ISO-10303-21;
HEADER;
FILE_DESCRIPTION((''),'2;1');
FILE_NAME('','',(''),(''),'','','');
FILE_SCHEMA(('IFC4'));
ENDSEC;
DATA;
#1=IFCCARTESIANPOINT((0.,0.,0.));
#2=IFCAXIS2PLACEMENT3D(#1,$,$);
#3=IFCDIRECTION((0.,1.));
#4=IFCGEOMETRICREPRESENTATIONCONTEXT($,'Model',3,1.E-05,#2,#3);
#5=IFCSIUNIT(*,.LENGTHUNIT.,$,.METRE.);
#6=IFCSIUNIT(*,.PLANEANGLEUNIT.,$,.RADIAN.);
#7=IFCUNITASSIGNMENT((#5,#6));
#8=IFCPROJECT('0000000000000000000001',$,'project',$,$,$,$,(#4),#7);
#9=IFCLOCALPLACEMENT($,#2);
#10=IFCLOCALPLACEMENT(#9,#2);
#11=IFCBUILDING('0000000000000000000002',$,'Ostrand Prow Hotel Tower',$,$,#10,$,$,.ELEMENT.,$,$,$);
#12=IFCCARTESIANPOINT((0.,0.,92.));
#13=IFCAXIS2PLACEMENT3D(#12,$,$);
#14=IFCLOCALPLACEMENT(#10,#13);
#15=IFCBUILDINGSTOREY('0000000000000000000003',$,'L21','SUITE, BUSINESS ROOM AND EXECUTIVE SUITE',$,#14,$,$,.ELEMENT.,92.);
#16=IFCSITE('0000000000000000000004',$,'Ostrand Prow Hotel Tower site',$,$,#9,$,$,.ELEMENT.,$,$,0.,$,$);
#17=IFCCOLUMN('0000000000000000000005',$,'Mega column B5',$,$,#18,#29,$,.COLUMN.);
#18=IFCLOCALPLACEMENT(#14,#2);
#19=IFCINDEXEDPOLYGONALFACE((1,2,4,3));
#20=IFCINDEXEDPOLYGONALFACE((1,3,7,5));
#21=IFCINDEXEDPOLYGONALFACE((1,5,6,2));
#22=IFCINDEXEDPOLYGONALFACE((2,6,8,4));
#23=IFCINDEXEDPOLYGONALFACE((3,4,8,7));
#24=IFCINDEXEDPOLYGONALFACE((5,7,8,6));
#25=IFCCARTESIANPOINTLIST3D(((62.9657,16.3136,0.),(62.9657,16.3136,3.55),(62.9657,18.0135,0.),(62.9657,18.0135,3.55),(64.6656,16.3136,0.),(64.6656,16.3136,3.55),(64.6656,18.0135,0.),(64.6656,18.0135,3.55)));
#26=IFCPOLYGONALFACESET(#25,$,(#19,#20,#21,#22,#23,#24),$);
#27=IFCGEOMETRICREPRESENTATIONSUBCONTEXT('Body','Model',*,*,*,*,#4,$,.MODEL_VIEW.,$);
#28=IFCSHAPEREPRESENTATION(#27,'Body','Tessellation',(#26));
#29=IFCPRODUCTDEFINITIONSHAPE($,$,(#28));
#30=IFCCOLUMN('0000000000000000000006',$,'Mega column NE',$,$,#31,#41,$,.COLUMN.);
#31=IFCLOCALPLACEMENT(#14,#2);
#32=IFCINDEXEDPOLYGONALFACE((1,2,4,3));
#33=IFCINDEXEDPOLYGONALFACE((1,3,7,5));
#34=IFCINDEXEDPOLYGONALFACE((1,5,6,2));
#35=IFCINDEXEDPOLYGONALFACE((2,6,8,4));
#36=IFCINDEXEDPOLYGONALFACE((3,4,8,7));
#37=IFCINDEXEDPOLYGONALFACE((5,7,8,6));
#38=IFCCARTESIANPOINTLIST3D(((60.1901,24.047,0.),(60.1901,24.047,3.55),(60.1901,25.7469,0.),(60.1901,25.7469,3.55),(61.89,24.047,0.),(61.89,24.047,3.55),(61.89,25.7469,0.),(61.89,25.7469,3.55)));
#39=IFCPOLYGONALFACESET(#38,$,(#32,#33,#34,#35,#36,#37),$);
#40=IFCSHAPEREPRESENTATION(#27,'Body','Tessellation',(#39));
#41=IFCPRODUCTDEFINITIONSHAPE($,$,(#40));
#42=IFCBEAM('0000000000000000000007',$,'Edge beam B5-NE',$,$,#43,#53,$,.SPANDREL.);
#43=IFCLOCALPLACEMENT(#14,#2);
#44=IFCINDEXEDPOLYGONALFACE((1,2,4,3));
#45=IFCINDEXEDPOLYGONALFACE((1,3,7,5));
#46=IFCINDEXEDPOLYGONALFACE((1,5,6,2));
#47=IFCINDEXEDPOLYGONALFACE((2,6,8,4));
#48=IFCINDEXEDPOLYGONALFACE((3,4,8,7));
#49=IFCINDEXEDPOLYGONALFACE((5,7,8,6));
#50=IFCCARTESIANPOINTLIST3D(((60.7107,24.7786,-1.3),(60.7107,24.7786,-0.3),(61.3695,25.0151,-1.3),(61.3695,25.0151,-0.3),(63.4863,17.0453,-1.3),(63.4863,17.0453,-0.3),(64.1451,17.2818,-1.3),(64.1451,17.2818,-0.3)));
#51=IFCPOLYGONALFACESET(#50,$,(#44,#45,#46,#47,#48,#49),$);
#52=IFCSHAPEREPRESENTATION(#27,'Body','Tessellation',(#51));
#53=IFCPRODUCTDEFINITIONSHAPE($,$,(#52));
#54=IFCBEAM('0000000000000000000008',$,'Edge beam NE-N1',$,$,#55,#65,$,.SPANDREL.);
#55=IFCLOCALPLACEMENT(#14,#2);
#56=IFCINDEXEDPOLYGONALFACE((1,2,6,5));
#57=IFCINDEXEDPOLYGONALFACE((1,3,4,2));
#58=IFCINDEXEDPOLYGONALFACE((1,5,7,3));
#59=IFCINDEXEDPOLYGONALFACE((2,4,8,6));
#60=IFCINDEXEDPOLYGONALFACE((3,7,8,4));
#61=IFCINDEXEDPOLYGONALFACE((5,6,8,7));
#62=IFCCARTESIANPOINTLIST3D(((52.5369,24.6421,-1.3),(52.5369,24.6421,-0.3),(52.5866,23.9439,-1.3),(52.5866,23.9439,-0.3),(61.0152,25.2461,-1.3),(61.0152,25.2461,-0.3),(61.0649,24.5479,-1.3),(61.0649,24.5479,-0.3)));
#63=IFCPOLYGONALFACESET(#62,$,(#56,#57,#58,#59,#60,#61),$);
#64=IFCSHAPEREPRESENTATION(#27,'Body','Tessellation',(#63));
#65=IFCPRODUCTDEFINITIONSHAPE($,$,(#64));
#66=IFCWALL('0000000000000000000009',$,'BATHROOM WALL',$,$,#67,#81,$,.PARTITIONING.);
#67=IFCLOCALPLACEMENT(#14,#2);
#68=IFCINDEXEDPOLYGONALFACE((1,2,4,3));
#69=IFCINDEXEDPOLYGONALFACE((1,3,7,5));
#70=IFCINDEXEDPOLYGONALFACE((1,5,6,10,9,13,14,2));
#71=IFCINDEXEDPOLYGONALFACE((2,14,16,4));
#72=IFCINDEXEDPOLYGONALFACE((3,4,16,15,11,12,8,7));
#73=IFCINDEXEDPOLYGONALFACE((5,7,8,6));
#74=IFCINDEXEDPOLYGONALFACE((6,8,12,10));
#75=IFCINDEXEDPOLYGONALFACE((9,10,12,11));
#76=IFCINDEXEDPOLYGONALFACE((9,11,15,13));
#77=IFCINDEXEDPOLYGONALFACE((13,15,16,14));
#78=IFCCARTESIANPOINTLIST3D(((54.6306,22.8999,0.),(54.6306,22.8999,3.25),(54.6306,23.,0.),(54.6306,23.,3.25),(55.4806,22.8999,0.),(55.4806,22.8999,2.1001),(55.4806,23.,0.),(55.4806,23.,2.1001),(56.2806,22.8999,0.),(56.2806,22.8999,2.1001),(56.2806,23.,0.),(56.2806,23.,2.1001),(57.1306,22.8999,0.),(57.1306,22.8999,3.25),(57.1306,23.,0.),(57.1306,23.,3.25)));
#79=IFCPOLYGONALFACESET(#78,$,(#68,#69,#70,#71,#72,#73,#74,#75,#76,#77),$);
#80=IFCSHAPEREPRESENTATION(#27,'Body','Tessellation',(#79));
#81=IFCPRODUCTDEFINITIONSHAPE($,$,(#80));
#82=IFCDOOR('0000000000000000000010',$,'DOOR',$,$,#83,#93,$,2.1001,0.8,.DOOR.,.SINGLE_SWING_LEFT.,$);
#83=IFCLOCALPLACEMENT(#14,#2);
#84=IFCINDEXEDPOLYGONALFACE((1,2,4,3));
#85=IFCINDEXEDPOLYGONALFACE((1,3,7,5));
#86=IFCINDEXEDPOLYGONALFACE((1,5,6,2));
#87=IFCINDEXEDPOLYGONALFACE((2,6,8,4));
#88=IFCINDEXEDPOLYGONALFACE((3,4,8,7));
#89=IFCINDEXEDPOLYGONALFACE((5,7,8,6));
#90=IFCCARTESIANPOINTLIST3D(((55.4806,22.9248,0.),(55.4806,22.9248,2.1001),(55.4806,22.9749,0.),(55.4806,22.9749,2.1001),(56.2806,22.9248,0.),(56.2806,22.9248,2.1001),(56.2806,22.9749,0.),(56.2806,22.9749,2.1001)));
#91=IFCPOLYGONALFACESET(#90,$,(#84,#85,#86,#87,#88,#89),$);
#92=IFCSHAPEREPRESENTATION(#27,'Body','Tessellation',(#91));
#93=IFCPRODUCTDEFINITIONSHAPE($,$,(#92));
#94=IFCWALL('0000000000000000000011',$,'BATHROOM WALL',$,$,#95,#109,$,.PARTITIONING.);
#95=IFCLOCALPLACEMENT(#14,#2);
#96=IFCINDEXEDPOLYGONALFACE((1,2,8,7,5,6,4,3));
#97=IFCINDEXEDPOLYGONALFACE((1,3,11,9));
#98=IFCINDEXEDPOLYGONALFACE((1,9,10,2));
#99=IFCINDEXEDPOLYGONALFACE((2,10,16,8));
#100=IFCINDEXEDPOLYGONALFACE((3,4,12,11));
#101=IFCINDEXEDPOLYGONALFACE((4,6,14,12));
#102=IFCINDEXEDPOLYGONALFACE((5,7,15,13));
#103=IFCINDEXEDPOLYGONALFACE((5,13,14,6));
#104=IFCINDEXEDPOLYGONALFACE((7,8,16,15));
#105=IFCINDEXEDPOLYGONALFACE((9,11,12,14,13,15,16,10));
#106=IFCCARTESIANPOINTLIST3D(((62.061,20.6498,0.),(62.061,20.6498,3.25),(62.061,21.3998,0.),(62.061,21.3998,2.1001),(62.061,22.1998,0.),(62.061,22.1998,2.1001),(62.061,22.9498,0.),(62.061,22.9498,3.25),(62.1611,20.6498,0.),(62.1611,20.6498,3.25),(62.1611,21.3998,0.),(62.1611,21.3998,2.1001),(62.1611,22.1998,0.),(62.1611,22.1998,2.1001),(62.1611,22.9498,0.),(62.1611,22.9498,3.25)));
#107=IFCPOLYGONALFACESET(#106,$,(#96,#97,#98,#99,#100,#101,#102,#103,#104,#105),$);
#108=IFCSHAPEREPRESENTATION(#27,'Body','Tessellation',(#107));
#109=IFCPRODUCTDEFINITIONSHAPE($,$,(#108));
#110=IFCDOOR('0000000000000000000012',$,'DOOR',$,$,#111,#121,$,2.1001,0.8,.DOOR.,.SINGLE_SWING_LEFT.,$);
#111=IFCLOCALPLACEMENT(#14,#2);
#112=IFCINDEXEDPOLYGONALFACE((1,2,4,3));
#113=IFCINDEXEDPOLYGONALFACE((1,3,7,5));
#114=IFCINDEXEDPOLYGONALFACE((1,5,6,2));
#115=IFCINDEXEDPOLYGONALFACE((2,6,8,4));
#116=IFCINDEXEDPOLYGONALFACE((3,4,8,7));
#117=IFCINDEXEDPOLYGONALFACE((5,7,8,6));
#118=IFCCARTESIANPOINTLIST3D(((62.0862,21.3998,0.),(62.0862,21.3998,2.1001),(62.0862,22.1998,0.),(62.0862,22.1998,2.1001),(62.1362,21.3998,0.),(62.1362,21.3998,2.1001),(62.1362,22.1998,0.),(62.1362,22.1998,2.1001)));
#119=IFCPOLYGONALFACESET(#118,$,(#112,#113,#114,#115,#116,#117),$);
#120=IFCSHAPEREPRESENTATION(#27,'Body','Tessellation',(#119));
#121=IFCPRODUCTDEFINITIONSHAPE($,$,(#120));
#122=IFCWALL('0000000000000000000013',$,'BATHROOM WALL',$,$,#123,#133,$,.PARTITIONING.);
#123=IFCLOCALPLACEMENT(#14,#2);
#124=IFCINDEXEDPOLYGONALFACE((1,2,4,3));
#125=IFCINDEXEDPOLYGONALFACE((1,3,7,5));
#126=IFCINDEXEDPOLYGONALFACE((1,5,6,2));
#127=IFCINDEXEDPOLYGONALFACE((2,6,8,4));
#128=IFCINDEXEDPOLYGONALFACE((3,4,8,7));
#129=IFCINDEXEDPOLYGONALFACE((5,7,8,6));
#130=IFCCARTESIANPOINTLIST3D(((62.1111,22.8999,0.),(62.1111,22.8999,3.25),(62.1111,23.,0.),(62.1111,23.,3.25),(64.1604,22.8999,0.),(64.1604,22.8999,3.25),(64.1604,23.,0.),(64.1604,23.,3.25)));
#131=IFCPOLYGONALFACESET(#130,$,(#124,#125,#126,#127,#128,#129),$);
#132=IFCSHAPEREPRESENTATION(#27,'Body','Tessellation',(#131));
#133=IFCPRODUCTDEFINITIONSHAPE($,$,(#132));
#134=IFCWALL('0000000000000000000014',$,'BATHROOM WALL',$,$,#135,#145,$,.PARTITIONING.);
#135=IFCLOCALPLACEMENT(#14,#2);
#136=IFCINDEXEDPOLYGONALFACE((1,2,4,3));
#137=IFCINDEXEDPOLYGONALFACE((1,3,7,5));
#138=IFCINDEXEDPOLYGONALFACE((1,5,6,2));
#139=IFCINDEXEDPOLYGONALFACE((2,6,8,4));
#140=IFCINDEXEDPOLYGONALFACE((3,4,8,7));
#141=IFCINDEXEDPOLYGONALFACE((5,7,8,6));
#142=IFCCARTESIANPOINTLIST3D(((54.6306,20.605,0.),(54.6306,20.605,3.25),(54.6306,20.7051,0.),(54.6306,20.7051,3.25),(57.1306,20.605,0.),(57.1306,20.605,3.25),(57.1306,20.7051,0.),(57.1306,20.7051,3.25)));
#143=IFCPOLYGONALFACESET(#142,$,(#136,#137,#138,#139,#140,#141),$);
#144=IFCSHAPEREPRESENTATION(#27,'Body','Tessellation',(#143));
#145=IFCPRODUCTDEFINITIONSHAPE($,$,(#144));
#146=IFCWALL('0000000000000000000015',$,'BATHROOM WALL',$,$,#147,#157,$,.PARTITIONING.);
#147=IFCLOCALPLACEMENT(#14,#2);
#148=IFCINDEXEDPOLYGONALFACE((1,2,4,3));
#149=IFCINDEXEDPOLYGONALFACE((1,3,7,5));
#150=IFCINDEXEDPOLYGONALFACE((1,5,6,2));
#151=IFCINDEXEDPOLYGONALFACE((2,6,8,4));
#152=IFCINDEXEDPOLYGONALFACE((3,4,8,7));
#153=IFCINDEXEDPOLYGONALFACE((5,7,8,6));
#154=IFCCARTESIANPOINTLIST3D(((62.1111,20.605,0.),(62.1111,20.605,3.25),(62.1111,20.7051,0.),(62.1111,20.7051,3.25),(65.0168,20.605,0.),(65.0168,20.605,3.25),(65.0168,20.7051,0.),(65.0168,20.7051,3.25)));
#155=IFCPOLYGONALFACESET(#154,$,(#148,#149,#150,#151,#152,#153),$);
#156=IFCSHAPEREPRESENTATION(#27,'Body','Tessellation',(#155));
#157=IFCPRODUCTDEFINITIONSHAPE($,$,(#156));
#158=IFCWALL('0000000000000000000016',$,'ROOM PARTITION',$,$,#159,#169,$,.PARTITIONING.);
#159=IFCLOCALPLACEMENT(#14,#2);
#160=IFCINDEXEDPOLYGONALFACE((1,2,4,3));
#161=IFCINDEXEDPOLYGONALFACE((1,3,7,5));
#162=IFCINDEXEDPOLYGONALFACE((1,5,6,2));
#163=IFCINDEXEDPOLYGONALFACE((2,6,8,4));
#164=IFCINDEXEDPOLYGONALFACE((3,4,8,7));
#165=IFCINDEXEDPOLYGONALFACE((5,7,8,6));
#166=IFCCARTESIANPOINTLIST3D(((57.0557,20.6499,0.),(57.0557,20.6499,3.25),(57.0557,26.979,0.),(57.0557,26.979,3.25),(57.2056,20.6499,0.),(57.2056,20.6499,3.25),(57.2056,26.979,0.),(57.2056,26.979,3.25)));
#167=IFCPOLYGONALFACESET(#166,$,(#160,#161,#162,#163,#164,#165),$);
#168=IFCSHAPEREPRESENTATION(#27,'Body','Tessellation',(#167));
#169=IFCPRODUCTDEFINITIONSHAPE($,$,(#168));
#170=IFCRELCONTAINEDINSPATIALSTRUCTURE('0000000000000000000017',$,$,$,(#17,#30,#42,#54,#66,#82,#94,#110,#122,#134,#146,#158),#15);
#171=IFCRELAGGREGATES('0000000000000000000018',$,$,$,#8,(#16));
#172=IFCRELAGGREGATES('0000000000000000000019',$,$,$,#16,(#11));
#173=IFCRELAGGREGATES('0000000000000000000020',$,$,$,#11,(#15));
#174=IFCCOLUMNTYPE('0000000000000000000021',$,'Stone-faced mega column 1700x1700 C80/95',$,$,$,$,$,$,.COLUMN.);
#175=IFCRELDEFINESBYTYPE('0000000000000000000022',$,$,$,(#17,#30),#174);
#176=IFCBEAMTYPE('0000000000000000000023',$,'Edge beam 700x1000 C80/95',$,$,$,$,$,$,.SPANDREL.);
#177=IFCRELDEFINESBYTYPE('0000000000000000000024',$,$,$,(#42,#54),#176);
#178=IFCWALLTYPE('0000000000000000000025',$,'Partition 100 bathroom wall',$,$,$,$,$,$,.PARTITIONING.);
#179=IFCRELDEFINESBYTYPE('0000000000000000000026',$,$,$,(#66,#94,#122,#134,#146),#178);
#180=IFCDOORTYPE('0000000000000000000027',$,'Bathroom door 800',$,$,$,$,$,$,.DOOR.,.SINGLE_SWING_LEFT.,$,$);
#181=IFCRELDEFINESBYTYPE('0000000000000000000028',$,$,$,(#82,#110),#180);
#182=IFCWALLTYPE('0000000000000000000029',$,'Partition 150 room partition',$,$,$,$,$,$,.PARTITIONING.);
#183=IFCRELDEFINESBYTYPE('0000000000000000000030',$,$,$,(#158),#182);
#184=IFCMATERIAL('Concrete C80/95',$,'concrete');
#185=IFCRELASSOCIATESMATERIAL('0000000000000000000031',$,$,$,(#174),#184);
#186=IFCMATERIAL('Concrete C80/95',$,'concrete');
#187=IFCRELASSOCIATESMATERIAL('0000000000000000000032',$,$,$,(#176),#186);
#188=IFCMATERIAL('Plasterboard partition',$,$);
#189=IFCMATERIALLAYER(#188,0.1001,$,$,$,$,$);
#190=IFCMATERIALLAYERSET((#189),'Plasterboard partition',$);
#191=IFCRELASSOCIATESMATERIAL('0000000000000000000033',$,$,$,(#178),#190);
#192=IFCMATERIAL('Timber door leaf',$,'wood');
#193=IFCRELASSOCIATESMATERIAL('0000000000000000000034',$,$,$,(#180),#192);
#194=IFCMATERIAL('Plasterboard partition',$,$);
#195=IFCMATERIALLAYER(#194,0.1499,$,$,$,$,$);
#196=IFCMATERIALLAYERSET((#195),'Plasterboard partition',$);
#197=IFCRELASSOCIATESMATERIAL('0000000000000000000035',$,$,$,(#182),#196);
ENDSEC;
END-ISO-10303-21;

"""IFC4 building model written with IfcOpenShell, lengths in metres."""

from ifc_helpers import new_model, si_unit, direction, frame, frame_2d, origin, origin_2d, place, context, subcontext, project, spatial, rectangle, extrude, material, layer, layer_set, material_profile, profile_set, type_object, element, fill, save


model = new_model("IFC4")

# Units and contexts
model_context = context("Model", 3, precision=1e-05, world=origin(), true_north=direction((0.0, 1.0)))
body_context = subcontext(model_context, "Body", "Model", "MODEL_VIEW")
ifc_project = project(units=[si_unit("LENGTHUNIT", "METRE"), si_unit("PLANEANGLEUNIT", "RADIAN")], contexts=[model_context])

# Site, building, storey
site_placement = place(None, origin())
site = spatial("IfcSite", under=ifc_project, at=site_placement, Name="Ostrand Prow Hotel Tower site", CompositionType="ELEMENT", RefElevation=0.0)
building_placement = place(site_placement, origin())
building = spatial("IfcBuilding", under=site, at=building_placement, Name="Ostrand Prow Hotel Tower", CompositionType="ELEMENT")
storey_placement = place(building_placement, frame((0.0, 0.0, 92.0)))
storey = spatial("IfcBuildingStorey", under=building, at=storey_placement, Name="L21", Description="SUITE, BUSINESS ROOM AND EXECUTIVE SUITE", CompositionType="ELEMENT", Elevation=92.0)

# Columns
ifc_material_1 = material(Name="Concrete C80/95", Category="concrete")
ifc_material_profile_1 = material_profile(ifc_material_1, rectangle(XDim=1.7, YDim=1.7, at=origin_2d()), Name="RC 1700x1700")
ifc_profile_set_1 = profile_set([ifc_material_profile_1], Name="Concrete C80/95")
column_type = type_object("IfcColumnType", Name="Stone-faced mega column 1700x1700 C80/95", PredefinedType="COLUMN", material=ifc_profile_set_1)
for number, where, z_axis, x_axis, name in (
    (1, (63.8157, 17.1636, 0.0), (0.0, 0.0, 1.0), (1.0, 0.0, 0.0), "Mega column B5"),
    (2, (61.04, 24.897, 0.0), (0.0, 0.0, 1.0), (1.0, 0.0, 0.0), "Mega column NE"),
):
    element("IfcColumn", number, at=place(storey_placement, frame(where, z_axis=z_axis, x_axis=x_axis)), inside=storey, type_object=column_type, Name=name, PredefinedType="COLUMN", context=body_context, shape_type="SweptSolid", body=[
        extrude(rectangle(XDim=1.7, YDim=1.7, at=origin_2d()), origin(), (0.0, 0.0, 1.0), 3.55),
    ])

# Beams
ifc_material_2 = material(Name="Concrete C80/95", Category="concrete")
ifc_material_profile_2 = material_profile(ifc_material_2, rectangle(XDim=0.7, YDim=1.0, at=origin_2d()), Name="RC 700x1000")
ifc_profile_set_2 = profile_set([ifc_material_profile_2], Name="Concrete C80/95")
beam_type = type_object("IfcBeamType", Name="Edge beam 700x1000 C80/95", PredefinedType="SPANDREL", material=ifc_profile_set_2)
beam_1_placement = place(storey_placement, frame((63.8157, 17.1636, -0.8), z_axis=(-0.337815, 0.941212, 0.0), x_axis=(-0.941212, -0.337815, 0.0)))
element("IfcBeam", 3, at=beam_1_placement, inside=storey, type_object=beam_type, Name="Edge beam B5-NE", PredefinedType="SPANDREL", context=body_context, shape_type="SweptSolid", body=[
    extrude(rectangle(XDim=0.7, YDim=1.0, at=origin_2d()), origin(), (0.0, 0.0, 1.0), 8.2163),
])
beam_2_placement = place(storey_placement, frame((61.04, 24.897, -0.8), z_axis=(-0.997472, -0.071061, 0.0), x_axis=(0.071061, -0.997472, 0.0)))
element("IfcBeam", 4, at=beam_2_placement, inside=storey, type_object=beam_type, Name="Edge beam NE-N1", PredefinedType="SPANDREL", context=body_context, shape_type="SweptSolid", body=[
    extrude(rectangle(XDim=0.7, YDim=1.0, at=origin_2d()), origin(), (0.0, 0.0, 1.0), 8.4998),
])

# Walls, openings, doors
ifc_material_3 = material(Name="Plasterboard partition")
ifc_layer_1 = layer(ifc_material_3, 0.1001)
ifc_layer_set_1 = layer_set([ifc_layer_1], Name="Plasterboard partition")
wall_type_1 = type_object("IfcWallType", Name="Partition 100 bathroom wall", PredefinedType="PARTITIONING", material=ifc_layer_set_1)
wall_1_placement = place(storey_placement, frame((54.6306, 22.95, 0.0), z_axis=(0.0, 0.0, 1.0), x_axis=(1.0, 0.0, 0.0)))
wall_1 = element("IfcWall", 5, at=wall_1_placement, inside=storey, type_object=wall_type_1, Name="BATHROOM WALL", PredefinedType="PARTITIONING", context=body_context, shape_type="SweptSolid", body=[
    extrude(rectangle(XDim=2.5, YDim=0.1001, at=frame_2d((1.25, 0.0))), origin(), (0.0, 0.0, 1.0), 3.25),
])
opening_1_placement = place(wall_1_placement, frame((0.8501, 0.0, 0.0)))
opening_1 = element("IfcOpeningElement", 6, at=opening_1_placement, cuts=wall_1, PredefinedType="OPENING", context=body_context, shape_type="SweptSolid", body=[
    extrude(rectangle(XDim=0.8, YDim=2.1001, at=frame_2d((0.3999, 1.05))), frame((0.0, 0.0601, 0.0), z_axis=(0.0, -1.0, 0.0), x_axis=(1.0, 0.0, 0.0)), (0.0, 0.0, 1.0), 0.1201),
])
ifc_material_4 = material(Name="Timber door leaf", Category="wood")
door_type_1 = type_object("IfcDoorType", Name="Bathroom door 800", OperationType="SINGLE_SWING_LEFT", PredefinedType="DOOR", material=ifc_material_4)
door_1_placement = place(opening_1_placement, origin())
door_1 = element("IfcDoor", 7, at=door_1_placement, inside=storey, type_object=door_type_1, Name="DOOR", OperationType="SINGLE_SWING_LEFT", OverallHeight=2.1001, OverallWidth=0.8, PredefinedType="DOOR", context=body_context, shape_type="SweptSolid", body=[
    extrude(rectangle(XDim=0.8, YDim=2.1001, at=frame_2d((0.3999, 1.05))), frame((0.0, 0.0249, 0.0), z_axis=(0.0, -1.0, 0.0), x_axis=(1.0, 0.0, 0.0)), (0.0, 0.0, 1.0), 0.05),
])
fill(opening_1, door_1)
wall_2_placement = place(storey_placement, frame((62.1111, 20.6499, 0.0), z_axis=(0.0, 0.0, 1.0), x_axis=(0.0, 1.0, 0.0)))
wall_2 = element("IfcWall", 8, at=wall_2_placement, inside=storey, type_object=wall_type_1, Name="BATHROOM WALL", PredefinedType="PARTITIONING", context=body_context, shape_type="SweptSolid", body=[
    extrude(rectangle(XDim=2.3, YDim=0.1001, at=frame_2d((1.1499, 0.0))), origin(), (0.0, 0.0, 1.0), 3.25),
])
opening_2_placement = place(wall_2_placement, frame((0.75, 0.0, 0.0)))
opening_2 = element("IfcOpeningElement", 9, at=opening_2_placement, cuts=wall_2, PredefinedType="OPENING", context=body_context, shape_type="SweptSolid", body=[
    extrude(rectangle(XDim=0.8, YDim=2.1001, at=frame_2d((0.3999, 1.05))), frame((0.0, 0.0601, 0.0), z_axis=(0.0, -1.0, 0.0), x_axis=(1.0, 0.0, 0.0)), (0.0, 0.0, 1.0), 0.1201),
])
door_2_placement = place(opening_2_placement, origin())
door_2 = element("IfcDoor", 10, at=door_2_placement, inside=storey, type_object=door_type_1, Name="DOOR", OperationType="SINGLE_SWING_LEFT", OverallHeight=2.1001, OverallWidth=0.8, PredefinedType="DOOR", context=body_context, shape_type="SweptSolid", body=[
    extrude(rectangle(XDim=0.8, YDim=2.1001, at=frame_2d((0.3999, 1.05))), frame((0.0, 0.0249, 0.0), z_axis=(0.0, -1.0, 0.0), x_axis=(1.0, 0.0, 0.0)), (0.0, 0.0, 1.0), 0.05),
])
fill(opening_2, door_2)

# Walls
wall_3_placement = place(storey_placement, frame((62.1111, 22.95, 0.0), z_axis=(0.0, 0.0, 1.0), x_axis=(1.0, 0.0, 0.0)))
element("IfcWall", 11, at=wall_3_placement, inside=storey, type_object=wall_type_1, Name="BATHROOM WALL", PredefinedType="PARTITIONING", context=body_context, shape_type="SweptSolid", body=[
    extrude(rectangle(XDim=2.0493, YDim=0.1001, at=frame_2d((1.0247, 0.0))), origin(), (0.0, 0.0, 1.0), 3.25),
])
wall_4_placement = place(storey_placement, frame((57.1306, 20.655, 0.0), z_axis=(0.0, 0.0, 1.0), x_axis=(-1.0, 0.0, 0.0)))
element("IfcWall", 12, at=wall_4_placement, inside=storey, type_object=wall_type_1, Name="BATHROOM WALL", PredefinedType="PARTITIONING", context=body_context, shape_type="SweptSolid", body=[
    extrude(rectangle(XDim=2.5, YDim=0.1001, at=frame_2d((1.25, 0.0))), origin(), (0.0, 0.0, 1.0), 3.25),
])
wall_5_placement = place(storey_placement, frame((65.0168, 20.655, 0.0), z_axis=(0.0, 0.0, 1.0), x_axis=(-1.0, 0.0, 0.0)))
element("IfcWall", 13, at=wall_5_placement, inside=storey, type_object=wall_type_1, Name="BATHROOM WALL", PredefinedType="PARTITIONING", context=body_context, shape_type="SweptSolid", body=[
    extrude(rectangle(XDim=2.9058, YDim=0.1001, at=frame_2d((1.4529, 0.0))), origin(), (0.0, 0.0, 1.0), 3.25),
])
ifc_material_5 = material(Name="Plasterboard partition")
ifc_layer_2 = layer(ifc_material_5, 0.1499)
ifc_layer_set_2 = layer_set([ifc_layer_2], Name="Plasterboard partition")
wall_type_2 = type_object("IfcWallType", Name="Partition 150 room partition", PredefinedType="PARTITIONING", material=ifc_layer_set_2)
wall_6_placement = place(storey_placement, frame((57.1306, 20.6499, 0.0), z_axis=(0.0, 0.0, 1.0), x_axis=(0.0, 1.0, 0.0)))
element("IfcWall", 14, at=wall_6_placement, inside=storey, type_object=wall_type_2, Name="ROOM PARTITION", PredefinedType="PARTITIONING", context=body_context, shape_type="SweptSolid", body=[
    extrude(rectangle(XDim=6.3291, YDim=0.1499, at=frame_2d((3.1646, 0.0))), origin(), (0.0, 0.0, 1.0), 3.25),
])

save(model, "model.ifc")
